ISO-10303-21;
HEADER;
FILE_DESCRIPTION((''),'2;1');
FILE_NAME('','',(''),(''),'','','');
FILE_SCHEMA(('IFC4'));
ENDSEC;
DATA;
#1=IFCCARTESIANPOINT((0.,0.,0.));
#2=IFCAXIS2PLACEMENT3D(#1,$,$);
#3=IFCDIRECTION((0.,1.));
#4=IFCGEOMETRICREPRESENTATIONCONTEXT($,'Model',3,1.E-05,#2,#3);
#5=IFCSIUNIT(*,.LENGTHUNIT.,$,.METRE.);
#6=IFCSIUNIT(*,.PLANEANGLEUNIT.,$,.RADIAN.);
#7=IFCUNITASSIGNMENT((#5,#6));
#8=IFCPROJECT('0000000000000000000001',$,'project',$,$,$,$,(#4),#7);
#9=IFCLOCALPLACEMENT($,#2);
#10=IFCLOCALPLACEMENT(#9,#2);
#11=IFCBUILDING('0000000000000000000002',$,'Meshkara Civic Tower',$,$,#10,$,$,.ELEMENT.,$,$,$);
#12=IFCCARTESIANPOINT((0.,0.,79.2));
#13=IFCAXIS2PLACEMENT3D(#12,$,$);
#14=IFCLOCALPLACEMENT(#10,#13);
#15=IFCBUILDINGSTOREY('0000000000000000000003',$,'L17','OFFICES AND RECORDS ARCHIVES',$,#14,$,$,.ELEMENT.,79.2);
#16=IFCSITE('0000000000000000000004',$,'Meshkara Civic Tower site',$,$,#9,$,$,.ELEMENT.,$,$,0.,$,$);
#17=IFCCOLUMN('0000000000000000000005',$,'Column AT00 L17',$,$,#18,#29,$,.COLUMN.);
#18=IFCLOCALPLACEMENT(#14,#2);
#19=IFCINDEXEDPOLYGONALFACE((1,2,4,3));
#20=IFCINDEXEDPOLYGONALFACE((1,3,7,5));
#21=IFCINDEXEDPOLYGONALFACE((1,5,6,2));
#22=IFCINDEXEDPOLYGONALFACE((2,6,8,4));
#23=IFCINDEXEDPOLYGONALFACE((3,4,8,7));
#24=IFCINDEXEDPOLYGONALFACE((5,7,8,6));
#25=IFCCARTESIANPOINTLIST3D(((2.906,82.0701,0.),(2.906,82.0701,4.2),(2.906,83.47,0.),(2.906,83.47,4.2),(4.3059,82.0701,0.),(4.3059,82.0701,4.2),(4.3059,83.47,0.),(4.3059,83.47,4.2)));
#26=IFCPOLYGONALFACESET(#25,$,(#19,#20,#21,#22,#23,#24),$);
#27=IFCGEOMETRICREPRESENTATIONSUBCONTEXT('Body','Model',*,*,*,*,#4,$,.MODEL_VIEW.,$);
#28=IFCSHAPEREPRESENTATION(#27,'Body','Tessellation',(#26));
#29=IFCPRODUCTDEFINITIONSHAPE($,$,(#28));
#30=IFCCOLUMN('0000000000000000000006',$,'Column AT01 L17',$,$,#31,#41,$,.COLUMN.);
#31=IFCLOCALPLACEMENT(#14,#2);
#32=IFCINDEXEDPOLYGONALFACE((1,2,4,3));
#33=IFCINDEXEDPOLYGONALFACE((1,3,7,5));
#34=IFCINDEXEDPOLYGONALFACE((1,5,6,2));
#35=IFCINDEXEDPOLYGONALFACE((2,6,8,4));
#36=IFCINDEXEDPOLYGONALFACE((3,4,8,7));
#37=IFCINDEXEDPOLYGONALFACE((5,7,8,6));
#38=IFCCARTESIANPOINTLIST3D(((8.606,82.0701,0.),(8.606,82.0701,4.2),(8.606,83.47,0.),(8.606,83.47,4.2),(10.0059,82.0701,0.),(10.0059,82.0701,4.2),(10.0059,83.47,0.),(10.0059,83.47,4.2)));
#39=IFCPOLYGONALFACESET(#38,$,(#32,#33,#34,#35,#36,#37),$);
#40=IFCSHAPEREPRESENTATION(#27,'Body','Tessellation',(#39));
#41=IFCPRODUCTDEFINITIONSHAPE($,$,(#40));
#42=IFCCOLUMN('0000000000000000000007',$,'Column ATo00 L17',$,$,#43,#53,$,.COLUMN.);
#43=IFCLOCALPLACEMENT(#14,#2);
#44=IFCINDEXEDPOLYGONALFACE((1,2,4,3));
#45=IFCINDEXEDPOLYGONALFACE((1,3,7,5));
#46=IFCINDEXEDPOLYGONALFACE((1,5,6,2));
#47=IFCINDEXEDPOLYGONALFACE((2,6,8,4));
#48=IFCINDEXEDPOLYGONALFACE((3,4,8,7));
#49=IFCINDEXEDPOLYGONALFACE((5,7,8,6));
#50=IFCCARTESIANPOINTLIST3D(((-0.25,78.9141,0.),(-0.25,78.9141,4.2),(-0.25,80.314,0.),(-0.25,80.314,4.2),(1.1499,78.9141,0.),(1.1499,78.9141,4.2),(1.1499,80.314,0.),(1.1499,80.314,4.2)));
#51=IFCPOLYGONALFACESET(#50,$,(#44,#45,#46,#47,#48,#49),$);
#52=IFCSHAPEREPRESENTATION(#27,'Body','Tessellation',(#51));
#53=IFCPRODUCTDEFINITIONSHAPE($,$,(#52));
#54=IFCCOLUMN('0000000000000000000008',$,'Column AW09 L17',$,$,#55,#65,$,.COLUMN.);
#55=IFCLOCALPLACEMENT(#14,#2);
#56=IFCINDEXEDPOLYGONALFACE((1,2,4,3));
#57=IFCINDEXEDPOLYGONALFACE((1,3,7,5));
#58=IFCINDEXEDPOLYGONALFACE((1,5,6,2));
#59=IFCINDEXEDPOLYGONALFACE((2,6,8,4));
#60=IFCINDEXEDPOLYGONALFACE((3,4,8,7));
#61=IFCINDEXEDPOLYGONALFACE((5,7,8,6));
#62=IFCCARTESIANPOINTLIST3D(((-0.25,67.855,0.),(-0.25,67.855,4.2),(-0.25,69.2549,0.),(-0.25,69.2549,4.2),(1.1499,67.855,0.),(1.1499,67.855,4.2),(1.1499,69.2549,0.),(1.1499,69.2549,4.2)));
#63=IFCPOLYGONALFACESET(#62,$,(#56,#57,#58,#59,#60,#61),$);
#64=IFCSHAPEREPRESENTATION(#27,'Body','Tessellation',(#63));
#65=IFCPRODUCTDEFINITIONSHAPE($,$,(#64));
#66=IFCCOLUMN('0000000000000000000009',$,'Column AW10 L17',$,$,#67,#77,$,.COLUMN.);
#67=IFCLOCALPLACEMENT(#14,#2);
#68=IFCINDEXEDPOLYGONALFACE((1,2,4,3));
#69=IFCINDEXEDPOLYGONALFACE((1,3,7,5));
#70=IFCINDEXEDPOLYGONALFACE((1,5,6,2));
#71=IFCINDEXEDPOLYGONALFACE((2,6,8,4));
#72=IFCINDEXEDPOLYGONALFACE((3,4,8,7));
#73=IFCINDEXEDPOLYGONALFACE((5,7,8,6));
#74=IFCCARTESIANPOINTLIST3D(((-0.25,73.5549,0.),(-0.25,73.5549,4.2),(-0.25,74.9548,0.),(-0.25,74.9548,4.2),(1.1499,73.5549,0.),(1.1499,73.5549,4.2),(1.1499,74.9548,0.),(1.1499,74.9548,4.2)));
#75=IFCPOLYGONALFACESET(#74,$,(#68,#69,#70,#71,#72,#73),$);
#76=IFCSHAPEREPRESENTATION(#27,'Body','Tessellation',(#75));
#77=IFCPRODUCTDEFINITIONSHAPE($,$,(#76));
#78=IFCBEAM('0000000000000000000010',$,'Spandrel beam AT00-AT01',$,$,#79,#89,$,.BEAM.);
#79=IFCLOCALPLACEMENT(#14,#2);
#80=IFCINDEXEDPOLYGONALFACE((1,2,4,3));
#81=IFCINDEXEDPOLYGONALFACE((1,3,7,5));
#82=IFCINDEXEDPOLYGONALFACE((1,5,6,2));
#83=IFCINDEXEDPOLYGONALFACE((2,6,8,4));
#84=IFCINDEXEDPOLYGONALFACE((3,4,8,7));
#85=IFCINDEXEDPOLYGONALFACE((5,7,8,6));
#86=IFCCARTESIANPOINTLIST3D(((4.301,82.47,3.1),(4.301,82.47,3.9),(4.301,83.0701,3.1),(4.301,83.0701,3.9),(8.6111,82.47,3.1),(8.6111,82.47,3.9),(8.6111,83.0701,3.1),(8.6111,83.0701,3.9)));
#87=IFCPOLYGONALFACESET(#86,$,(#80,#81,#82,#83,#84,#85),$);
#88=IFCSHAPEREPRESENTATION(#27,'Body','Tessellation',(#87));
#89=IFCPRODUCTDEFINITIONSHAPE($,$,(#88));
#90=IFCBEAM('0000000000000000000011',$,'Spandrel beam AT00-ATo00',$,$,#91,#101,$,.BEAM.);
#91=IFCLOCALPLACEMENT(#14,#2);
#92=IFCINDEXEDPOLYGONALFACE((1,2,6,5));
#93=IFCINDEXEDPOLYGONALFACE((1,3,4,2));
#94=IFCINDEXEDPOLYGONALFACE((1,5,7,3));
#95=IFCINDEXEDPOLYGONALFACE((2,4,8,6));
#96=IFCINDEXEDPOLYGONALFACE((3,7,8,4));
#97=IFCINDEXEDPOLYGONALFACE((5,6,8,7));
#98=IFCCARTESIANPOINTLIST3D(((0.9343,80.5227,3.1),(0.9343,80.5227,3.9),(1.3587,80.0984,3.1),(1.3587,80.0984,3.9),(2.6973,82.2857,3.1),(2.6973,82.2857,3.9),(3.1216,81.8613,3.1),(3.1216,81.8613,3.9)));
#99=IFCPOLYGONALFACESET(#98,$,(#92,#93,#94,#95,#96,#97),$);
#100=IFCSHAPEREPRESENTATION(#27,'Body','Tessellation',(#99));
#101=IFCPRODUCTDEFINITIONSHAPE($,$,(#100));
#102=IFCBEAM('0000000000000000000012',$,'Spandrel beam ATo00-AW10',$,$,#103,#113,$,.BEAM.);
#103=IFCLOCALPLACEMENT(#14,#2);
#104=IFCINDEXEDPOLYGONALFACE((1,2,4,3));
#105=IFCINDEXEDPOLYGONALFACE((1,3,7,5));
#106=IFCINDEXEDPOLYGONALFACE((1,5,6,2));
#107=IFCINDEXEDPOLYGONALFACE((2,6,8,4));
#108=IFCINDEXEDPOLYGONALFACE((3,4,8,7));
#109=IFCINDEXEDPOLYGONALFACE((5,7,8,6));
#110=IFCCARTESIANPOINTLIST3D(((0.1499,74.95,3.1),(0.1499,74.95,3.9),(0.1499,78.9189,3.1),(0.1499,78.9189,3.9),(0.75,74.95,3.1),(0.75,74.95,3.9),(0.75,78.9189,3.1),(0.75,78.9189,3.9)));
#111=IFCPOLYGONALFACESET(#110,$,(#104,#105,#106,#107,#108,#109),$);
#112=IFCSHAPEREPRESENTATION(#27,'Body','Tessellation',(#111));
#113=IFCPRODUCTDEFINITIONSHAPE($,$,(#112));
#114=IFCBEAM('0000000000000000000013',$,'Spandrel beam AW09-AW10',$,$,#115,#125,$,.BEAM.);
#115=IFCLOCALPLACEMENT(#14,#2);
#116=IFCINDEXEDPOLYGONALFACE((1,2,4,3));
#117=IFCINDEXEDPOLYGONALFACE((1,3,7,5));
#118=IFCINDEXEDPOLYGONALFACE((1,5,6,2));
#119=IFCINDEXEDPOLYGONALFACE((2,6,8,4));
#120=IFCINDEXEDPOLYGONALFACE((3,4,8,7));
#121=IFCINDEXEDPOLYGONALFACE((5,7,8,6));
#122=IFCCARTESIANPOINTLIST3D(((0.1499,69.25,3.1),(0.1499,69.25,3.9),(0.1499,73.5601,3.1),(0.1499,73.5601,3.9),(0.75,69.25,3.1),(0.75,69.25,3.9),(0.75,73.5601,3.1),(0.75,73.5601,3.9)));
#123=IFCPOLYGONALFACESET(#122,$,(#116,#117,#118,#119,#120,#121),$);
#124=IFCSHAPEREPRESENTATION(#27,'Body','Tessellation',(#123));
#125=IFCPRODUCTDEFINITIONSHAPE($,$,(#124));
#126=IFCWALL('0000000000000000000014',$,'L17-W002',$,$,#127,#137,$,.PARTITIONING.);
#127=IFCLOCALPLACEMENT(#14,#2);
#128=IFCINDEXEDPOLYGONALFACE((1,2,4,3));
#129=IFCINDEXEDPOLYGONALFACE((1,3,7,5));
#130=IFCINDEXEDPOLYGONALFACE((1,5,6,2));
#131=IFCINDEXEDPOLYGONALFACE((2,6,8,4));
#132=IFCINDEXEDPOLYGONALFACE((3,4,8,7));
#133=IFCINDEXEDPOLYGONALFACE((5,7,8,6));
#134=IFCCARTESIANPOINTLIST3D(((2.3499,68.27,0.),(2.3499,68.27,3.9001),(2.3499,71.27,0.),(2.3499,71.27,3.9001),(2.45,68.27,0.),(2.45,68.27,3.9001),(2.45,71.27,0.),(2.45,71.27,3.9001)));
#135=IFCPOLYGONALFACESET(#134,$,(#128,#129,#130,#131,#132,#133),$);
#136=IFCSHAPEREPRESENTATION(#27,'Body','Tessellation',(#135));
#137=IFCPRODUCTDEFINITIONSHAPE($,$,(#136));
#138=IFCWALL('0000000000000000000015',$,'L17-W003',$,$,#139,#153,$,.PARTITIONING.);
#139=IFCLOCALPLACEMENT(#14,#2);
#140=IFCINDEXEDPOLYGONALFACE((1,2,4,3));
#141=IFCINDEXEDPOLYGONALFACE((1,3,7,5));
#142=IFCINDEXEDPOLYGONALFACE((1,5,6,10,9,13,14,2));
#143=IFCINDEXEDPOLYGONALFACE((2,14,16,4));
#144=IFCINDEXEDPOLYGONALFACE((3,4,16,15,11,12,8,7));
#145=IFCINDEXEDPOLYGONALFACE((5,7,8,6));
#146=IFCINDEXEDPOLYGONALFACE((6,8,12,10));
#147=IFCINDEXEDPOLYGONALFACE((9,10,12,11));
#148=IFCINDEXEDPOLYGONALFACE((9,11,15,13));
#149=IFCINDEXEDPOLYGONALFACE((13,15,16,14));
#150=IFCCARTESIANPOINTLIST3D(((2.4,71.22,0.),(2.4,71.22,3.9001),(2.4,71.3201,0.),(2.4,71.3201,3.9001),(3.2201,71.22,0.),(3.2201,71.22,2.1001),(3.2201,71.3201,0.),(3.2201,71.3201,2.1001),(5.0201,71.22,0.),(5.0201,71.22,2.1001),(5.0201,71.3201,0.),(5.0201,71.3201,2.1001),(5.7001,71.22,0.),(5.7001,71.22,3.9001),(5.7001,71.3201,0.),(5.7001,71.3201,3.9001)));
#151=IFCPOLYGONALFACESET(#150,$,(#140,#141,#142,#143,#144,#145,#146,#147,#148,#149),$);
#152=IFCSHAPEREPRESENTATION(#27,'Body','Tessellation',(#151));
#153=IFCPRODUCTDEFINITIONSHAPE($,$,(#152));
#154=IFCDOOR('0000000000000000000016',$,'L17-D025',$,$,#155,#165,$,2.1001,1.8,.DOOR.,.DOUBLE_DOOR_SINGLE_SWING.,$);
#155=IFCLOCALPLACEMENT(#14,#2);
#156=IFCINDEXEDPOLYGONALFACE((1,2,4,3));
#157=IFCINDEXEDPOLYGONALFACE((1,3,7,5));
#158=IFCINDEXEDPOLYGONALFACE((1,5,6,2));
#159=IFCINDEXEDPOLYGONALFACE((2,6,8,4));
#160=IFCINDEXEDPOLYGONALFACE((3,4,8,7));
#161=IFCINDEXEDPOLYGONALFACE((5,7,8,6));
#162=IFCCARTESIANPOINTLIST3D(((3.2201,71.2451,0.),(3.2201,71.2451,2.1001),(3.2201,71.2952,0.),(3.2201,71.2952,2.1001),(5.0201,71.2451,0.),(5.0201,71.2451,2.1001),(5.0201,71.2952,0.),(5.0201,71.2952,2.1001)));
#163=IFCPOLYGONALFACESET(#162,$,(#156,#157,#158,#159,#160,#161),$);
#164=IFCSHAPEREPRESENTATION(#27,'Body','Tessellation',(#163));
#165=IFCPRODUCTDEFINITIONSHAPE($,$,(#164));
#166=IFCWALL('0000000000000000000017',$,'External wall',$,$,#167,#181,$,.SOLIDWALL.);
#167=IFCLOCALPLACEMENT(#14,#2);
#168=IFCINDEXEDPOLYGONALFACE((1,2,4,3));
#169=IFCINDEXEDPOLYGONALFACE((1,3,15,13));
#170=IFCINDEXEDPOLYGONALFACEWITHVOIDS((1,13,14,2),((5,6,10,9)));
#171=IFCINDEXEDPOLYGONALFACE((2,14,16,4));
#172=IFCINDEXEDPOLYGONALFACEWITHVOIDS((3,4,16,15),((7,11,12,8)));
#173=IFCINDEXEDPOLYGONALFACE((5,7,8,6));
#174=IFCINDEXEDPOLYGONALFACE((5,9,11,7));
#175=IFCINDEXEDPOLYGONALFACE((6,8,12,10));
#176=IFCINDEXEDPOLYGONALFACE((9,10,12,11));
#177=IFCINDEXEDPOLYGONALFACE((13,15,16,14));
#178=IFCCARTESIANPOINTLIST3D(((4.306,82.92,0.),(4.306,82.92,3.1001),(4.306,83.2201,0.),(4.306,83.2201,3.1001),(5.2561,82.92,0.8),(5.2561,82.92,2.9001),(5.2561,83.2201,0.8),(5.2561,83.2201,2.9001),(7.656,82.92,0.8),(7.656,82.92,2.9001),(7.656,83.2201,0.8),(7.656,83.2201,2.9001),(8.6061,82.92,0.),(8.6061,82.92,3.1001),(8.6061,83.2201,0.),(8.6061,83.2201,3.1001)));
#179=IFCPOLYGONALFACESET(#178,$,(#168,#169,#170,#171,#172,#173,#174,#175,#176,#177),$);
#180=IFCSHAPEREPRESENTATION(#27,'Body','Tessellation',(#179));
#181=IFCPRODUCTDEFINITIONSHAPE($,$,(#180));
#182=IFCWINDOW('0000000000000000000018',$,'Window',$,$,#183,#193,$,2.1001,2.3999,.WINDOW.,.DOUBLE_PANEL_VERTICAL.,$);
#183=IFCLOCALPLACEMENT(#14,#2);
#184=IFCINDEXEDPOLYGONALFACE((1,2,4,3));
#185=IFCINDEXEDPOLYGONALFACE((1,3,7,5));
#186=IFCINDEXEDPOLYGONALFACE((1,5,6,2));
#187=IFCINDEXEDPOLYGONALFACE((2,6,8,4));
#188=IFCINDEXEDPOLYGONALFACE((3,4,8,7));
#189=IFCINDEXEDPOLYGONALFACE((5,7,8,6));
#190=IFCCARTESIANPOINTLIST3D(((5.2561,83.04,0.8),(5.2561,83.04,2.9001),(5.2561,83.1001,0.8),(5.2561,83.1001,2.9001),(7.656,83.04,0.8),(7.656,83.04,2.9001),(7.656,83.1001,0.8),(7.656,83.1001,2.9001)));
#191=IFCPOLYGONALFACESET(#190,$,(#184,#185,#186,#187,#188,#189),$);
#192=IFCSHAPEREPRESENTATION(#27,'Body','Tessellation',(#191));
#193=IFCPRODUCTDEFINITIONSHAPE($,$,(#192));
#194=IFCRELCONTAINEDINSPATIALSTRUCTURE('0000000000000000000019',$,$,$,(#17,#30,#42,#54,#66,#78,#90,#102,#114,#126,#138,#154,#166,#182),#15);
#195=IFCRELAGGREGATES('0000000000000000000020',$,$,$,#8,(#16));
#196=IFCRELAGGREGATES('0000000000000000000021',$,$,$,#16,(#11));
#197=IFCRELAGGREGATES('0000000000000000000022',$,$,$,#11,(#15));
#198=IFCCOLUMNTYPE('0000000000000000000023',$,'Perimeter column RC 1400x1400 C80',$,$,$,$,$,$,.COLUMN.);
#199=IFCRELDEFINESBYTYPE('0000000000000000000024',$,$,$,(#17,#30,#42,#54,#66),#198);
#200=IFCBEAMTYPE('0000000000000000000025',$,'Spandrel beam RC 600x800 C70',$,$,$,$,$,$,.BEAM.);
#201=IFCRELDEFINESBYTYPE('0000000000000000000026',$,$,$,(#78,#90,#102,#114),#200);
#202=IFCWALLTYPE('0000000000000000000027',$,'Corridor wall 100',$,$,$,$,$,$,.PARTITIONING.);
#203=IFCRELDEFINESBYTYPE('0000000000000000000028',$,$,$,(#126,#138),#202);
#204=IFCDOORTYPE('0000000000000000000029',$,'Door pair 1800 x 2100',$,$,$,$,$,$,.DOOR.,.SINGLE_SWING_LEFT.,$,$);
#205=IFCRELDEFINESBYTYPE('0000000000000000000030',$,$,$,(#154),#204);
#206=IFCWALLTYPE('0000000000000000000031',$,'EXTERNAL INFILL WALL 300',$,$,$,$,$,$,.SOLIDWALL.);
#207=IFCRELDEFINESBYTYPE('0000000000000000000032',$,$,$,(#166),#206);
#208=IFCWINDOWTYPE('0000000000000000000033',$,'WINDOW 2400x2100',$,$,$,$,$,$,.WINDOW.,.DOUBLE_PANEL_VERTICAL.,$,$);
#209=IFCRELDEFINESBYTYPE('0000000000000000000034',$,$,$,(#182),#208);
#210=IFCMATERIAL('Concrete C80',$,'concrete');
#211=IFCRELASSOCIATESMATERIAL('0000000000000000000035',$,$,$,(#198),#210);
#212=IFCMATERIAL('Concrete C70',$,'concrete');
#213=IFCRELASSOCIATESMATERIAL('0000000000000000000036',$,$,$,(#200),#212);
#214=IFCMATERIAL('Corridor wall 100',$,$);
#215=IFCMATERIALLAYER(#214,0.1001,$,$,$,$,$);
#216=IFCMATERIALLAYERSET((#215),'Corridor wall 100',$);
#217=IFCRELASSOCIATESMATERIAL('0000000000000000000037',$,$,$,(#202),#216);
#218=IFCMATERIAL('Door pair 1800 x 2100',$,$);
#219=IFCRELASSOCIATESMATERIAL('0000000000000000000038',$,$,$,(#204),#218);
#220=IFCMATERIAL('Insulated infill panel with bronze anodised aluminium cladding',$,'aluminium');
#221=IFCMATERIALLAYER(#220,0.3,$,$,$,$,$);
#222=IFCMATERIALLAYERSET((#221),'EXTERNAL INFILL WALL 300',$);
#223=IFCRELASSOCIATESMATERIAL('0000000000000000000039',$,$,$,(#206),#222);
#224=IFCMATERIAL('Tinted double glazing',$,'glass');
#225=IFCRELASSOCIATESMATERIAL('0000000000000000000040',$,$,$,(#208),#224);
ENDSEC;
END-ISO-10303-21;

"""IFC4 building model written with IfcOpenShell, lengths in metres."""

from ifc_helpers import new_model, si_unit, direction, frame, frame_2d, origin, origin_2d, place, context, subcontext, project, spatial, rectangle, extrude, material, layer, layer_set, material_profile, profile_set, type_object, element, fill, save


model = new_model("IFC4")

# Units and contexts
model_context = context("Model", 3, precision=1e-05, world=origin(), true_north=direction((0.0, 1.0)))
body_context = subcontext(model_context, "Body", "Model", "MODEL_VIEW")
ifc_project = project(units=[si_unit("LENGTHUNIT", "METRE"), si_unit("PLANEANGLEUNIT", "RADIAN")], contexts=[model_context])

# Site, building, storey
site_placement = place(None, origin())
site = spatial("IfcSite", under=ifc_project, at=site_placement, Name="Meshkara Civic Tower site", CompositionType="ELEMENT", RefElevation=0.0)
building_placement = place(site_placement, origin())
building = spatial("IfcBuilding", under=site, at=building_placement, Name="Meshkara Civic Tower", CompositionType="ELEMENT")
storey_placement = place(building_placement, frame((0.0, 0.0, 79.2)))
storey = spatial("IfcBuildingStorey", under=building, at=storey_placement, Name="L17", Description="OFFICES AND RECORDS ARCHIVES", CompositionType="ELEMENT", Elevation=79.2)

# Columns
ifc_material_1 = material(Name="Concrete C80", Category="concrete")
ifc_material_profile_1 = material_profile(ifc_material_1, rectangle(XDim=1.3999, YDim=1.3999, at=origin_2d()))
ifc_profile_set_1 = profile_set([ifc_material_profile_1], Name="Concrete C80")
column_type = type_object("IfcColumnType", Name="Perimeter column RC 1400x1400 C80", PredefinedType="COLUMN", material=ifc_profile_set_1)
for number, where, z_axis, x_axis, name in (
    (1, (3.606, 82.77, 0.0), (0.0, 0.0, 1.0), (1.0, 0.0, 0.0), "Column AT00 L17"),
    (2, (9.3059, 82.77, 0.0), (0.0, 0.0, 1.0), (1.0, 0.0, 0.0), "Column AT01 L17"),
    (3, (0.45, 79.614, 0.0), (0.0, 0.0, 1.0), (1.0, 0.0, 0.0), "Column ATo00 L17"),
    (4, (0.45, 68.5549, 0.0), (0.0, 0.0, 1.0), (1.0, 0.0, 0.0), "Column AW09 L17"),
    (5, (0.45, 74.2549, 0.0), (0.0, 0.0, 1.0), (1.0, 0.0, 0.0), "Column AW10 L17"),
):
    element("IfcColumn", number, at=place(storey_placement, frame(where, z_axis=z_axis, x_axis=x_axis)), inside=storey, type_object=column_type, Name=name, PredefinedType="COLUMN", context=body_context, shape_type="SweptSolid", body=[
        extrude(rectangle(XDim=1.3999, YDim=1.3999, at=origin_2d()), origin(), (0.0, 0.0, 1.0), 4.2),
    ])

# Beams
ifc_material_2 = material(Name="Concrete C70", Category="concrete")
ifc_material_profile_2 = material_profile(ifc_material_2, rectangle(XDim=0.6001, YDim=0.8, at=origin_2d()))
ifc_profile_set_2 = profile_set([ifc_material_profile_2], Name="Concrete C70")
beam_type = type_object("IfcBeamType", Name="Spandrel beam RC 600x800 C70", PredefinedType="BEAM", material=ifc_profile_set_2)
beam_1_placement = place(storey_placement, frame((8.6111, 82.77, 3.5), z_axis=(-1.0, 0.0, 0.0), x_axis=(0.0, -1.0, 0.0)))
element("IfcBeam", 6, at=beam_1_placement, inside=storey, type_object=beam_type, Name="Spandrel beam AT00-AT01", PredefinedType="BEAM", context=body_context, shape_type="SweptSolid", body=[
    extrude(rectangle(XDim=0.6001, YDim=0.8, at=origin_2d()), origin(), (0.0, 0.0, 1.0), 4.3101),
])
beam_2_placement = place(storey_placement, frame((2.9094, 82.0735, 3.5), z_axis=(-0.707107, -0.707107, 0.0), x_axis=(0.707107, -0.707107, 0.0)))
element("IfcBeam", 7, at=beam_2_placement, inside=storey, type_object=beam_type, Name="Spandrel beam AT00-ATo00", PredefinedType="BEAM", context=body_context, shape_type="SweptSolid", body=[
    extrude(rectangle(XDim=0.6001, YDim=0.8, at=origin_2d()), origin(), (0.0, 0.0, 1.0), 2.4932),
])
beam_3_placement = place(storey_placement, frame((0.45, 78.9189, 3.5), z_axis=(0.0, -1.0, 0.0), x_axis=(1.0, 0.0, 0.0)))
element("IfcBeam", 8, at=beam_3_placement, inside=storey, type_object=beam_type, Name="Spandrel beam ATo00-AW10", PredefinedType="BEAM", context=body_context, shape_type="SweptSolid", body=[
    extrude(rectangle(XDim=0.6001, YDim=0.8, at=origin_2d()), origin(), (0.0, 0.0, 1.0), 3.969),
])
beam_4_placement = place(storey_placement, frame((0.45, 73.5601, 3.5), z_axis=(0.0, -1.0, 0.0), x_axis=(1.0, 0.0, 0.0)))
element("IfcBeam", 9, at=beam_4_placement, inside=storey, type_object=beam_type, Name="Spandrel beam AW09-AW10", PredefinedType="BEAM", context=body_context, shape_type="SweptSolid", body=[
    extrude(rectangle(XDim=0.6001, YDim=0.8, at=origin_2d()), origin(), (0.0, 0.0, 1.0), 4.3101),
])

# Wall
ifc_material_3 = material(Name="Corridor wall 100")
ifc_layer_1 = layer(ifc_material_3, 0.1001)
ifc_layer_set_1 = layer_set([ifc_layer_1], Name="Corridor wall 100")
wall_type_1 = type_object("IfcWallType", Name="Corridor wall 100", PredefinedType="PARTITIONING", material=ifc_layer_set_1)
wall_1_placement = place(storey_placement, frame((2.3999, 71.27, 0.0), z_axis=(0.0, 0.0, 1.0), x_axis=(0.0, -1.0, 0.0)))
element("IfcWall", 10, at=wall_1_placement, inside=storey, type_object=wall_type_1, Name="L17-W002", PredefinedType="PARTITIONING", context=body_context, shape_type="SweptSolid", body=[
    extrude(rectangle(XDim=3.0, YDim=0.1001, at=frame_2d((1.5, 0.0))), origin(), (0.0, 0.0, 1.0), 3.9001),
])

# Wall, opening, door
wall_2_placement = place(storey_placement, frame((5.7, 71.27, 0.0), z_axis=(0.0, 0.0, 1.0), x_axis=(-1.0, 0.0, 0.0)))
wall_2 = element("IfcWall", 11, at=wall_2_placement, inside=storey, type_object=wall_type_1, Name="L17-W003", PredefinedType="PARTITIONING", context=body_context, shape_type="SweptSolid", body=[
    extrude(rectangle(XDim=3.3, YDim=0.1001, at=frame_2d((1.6499, 0.0))), origin(), (0.0, 0.0, 1.0), 3.9001),
])
opening_1_placement = place(wall_2_placement, frame((0.6799, 0.0, 0.0)))
opening_1 = element("IfcOpeningElement", 12, at=opening_1_placement, cuts=wall_2, PredefinedType="OPENING", context=body_context, shape_type="SweptSolid", body=[
    extrude(rectangle(XDim=1.8, YDim=2.1001, at=frame_2d((0.8999, 1.05))), frame((0.0, 0.0601, 0.0), z_axis=(0.0, -1.0, 0.0), x_axis=(1.0, 0.0, 0.0)), (0.0, 0.0, 1.0), 0.1201),
])
ifc_material_4 = material(Name="Door pair 1800 x 2100")
door_type_1 = type_object("IfcDoorType", Name="Door pair 1800 x 2100", OperationType="SINGLE_SWING_LEFT", PredefinedType="DOOR", material=ifc_material_4)
door_1_placement = place(opening_1_placement, origin())
door_1 = element("IfcDoor", 13, at=door_1_placement, inside=storey, type_object=door_type_1, Name="L17-D025", OperationType="DOUBLE_DOOR_SINGLE_SWING", OverallHeight=2.1001, OverallWidth=1.8, PredefinedType="DOOR", context=body_context, shape_type="SweptSolid", body=[
    extrude(rectangle(XDim=1.8, YDim=2.1001, at=frame_2d((0.8999, 1.05))), frame((0.0, 0.0249, 0.0), z_axis=(0.0, -1.0, 0.0), x_axis=(1.0, 0.0, 0.0)), (0.0, 0.0, 1.0), 0.05),
])
fill(opening_1, door_1)

# Wall, opening, window
ifc_material_5 = material(Name="Insulated infill panel with bronze anodised aluminium cladding", Category="aluminium")
ifc_layer_2 = layer(ifc_material_5, 0.3)
ifc_layer_set_2 = layer_set([ifc_layer_2], Name="EXTERNAL INFILL WALL 300")
wall_type_2 = type_object("IfcWallType", Name="EXTERNAL INFILL WALL 300", PredefinedType="SOLIDWALL", material=ifc_layer_set_2)
wall_3_placement = place(storey_placement, frame((8.606, 83.0701, 0.0), z_axis=(0.0, 0.0, 1.0), x_axis=(-1.0, 0.0, 0.0)))
wall_3 = element("IfcWall", 14, at=wall_3_placement, inside=storey, type_object=wall_type_2, Name="External wall", PredefinedType="SOLIDWALL", context=body_context, shape_type="SweptSolid", body=[
    extrude(rectangle(XDim=4.3, YDim=0.3, at=frame_2d((2.1499, 0.0))), origin(), (0.0, 0.0, 1.0), 3.1001),
])
opening_2_placement = place(wall_3_placement, frame((0.95, 0.0, 0.8)))
opening_2 = element("IfcOpeningElement", 15, at=opening_2_placement, cuts=wall_3, PredefinedType="OPENING", context=body_context, shape_type="SweptSolid", body=[
    extrude(rectangle(XDim=2.3999, YDim=2.1001, at=frame_2d((1.2, 1.05))), frame((0.0, 0.1599, 0.0), z_axis=(0.0, -1.0, 0.0), x_axis=(1.0, 0.0, 0.0)), (0.0, 0.0, 1.0), 0.3201),
])
ifc_material_6 = material(Name="Tinted double glazing", Category="glass")
window_type_1 = type_object("IfcWindowType", Name="WINDOW 2400x2100", PartitioningType="DOUBLE_PANEL_VERTICAL", PredefinedType="WINDOW", material=ifc_material_6)
window_1_placement = place(opening_2_placement, origin())
window_1 = element("IfcWindow", 16, at=window_1_placement, inside=storey, type_object=window_type_1, Name="Window", OverallHeight=2.1001, OverallWidth=2.3999, PartitioningType="DOUBLE_PANEL_VERTICAL", PredefinedType="WINDOW", context=body_context, shape_type="SweptSolid", body=[
    extrude(rectangle(XDim=2.3999, YDim=2.1001, at=frame_2d((1.2, 1.05))), frame((0.0, 0.03, 0.0), z_axis=(0.0, -1.0, 0.0), x_axis=(1.0, 0.0, 0.0)), (0.0, 0.0, 1.0), 0.0601),
])
fill(opening_2, window_1)

save(model, "model.ifc")
